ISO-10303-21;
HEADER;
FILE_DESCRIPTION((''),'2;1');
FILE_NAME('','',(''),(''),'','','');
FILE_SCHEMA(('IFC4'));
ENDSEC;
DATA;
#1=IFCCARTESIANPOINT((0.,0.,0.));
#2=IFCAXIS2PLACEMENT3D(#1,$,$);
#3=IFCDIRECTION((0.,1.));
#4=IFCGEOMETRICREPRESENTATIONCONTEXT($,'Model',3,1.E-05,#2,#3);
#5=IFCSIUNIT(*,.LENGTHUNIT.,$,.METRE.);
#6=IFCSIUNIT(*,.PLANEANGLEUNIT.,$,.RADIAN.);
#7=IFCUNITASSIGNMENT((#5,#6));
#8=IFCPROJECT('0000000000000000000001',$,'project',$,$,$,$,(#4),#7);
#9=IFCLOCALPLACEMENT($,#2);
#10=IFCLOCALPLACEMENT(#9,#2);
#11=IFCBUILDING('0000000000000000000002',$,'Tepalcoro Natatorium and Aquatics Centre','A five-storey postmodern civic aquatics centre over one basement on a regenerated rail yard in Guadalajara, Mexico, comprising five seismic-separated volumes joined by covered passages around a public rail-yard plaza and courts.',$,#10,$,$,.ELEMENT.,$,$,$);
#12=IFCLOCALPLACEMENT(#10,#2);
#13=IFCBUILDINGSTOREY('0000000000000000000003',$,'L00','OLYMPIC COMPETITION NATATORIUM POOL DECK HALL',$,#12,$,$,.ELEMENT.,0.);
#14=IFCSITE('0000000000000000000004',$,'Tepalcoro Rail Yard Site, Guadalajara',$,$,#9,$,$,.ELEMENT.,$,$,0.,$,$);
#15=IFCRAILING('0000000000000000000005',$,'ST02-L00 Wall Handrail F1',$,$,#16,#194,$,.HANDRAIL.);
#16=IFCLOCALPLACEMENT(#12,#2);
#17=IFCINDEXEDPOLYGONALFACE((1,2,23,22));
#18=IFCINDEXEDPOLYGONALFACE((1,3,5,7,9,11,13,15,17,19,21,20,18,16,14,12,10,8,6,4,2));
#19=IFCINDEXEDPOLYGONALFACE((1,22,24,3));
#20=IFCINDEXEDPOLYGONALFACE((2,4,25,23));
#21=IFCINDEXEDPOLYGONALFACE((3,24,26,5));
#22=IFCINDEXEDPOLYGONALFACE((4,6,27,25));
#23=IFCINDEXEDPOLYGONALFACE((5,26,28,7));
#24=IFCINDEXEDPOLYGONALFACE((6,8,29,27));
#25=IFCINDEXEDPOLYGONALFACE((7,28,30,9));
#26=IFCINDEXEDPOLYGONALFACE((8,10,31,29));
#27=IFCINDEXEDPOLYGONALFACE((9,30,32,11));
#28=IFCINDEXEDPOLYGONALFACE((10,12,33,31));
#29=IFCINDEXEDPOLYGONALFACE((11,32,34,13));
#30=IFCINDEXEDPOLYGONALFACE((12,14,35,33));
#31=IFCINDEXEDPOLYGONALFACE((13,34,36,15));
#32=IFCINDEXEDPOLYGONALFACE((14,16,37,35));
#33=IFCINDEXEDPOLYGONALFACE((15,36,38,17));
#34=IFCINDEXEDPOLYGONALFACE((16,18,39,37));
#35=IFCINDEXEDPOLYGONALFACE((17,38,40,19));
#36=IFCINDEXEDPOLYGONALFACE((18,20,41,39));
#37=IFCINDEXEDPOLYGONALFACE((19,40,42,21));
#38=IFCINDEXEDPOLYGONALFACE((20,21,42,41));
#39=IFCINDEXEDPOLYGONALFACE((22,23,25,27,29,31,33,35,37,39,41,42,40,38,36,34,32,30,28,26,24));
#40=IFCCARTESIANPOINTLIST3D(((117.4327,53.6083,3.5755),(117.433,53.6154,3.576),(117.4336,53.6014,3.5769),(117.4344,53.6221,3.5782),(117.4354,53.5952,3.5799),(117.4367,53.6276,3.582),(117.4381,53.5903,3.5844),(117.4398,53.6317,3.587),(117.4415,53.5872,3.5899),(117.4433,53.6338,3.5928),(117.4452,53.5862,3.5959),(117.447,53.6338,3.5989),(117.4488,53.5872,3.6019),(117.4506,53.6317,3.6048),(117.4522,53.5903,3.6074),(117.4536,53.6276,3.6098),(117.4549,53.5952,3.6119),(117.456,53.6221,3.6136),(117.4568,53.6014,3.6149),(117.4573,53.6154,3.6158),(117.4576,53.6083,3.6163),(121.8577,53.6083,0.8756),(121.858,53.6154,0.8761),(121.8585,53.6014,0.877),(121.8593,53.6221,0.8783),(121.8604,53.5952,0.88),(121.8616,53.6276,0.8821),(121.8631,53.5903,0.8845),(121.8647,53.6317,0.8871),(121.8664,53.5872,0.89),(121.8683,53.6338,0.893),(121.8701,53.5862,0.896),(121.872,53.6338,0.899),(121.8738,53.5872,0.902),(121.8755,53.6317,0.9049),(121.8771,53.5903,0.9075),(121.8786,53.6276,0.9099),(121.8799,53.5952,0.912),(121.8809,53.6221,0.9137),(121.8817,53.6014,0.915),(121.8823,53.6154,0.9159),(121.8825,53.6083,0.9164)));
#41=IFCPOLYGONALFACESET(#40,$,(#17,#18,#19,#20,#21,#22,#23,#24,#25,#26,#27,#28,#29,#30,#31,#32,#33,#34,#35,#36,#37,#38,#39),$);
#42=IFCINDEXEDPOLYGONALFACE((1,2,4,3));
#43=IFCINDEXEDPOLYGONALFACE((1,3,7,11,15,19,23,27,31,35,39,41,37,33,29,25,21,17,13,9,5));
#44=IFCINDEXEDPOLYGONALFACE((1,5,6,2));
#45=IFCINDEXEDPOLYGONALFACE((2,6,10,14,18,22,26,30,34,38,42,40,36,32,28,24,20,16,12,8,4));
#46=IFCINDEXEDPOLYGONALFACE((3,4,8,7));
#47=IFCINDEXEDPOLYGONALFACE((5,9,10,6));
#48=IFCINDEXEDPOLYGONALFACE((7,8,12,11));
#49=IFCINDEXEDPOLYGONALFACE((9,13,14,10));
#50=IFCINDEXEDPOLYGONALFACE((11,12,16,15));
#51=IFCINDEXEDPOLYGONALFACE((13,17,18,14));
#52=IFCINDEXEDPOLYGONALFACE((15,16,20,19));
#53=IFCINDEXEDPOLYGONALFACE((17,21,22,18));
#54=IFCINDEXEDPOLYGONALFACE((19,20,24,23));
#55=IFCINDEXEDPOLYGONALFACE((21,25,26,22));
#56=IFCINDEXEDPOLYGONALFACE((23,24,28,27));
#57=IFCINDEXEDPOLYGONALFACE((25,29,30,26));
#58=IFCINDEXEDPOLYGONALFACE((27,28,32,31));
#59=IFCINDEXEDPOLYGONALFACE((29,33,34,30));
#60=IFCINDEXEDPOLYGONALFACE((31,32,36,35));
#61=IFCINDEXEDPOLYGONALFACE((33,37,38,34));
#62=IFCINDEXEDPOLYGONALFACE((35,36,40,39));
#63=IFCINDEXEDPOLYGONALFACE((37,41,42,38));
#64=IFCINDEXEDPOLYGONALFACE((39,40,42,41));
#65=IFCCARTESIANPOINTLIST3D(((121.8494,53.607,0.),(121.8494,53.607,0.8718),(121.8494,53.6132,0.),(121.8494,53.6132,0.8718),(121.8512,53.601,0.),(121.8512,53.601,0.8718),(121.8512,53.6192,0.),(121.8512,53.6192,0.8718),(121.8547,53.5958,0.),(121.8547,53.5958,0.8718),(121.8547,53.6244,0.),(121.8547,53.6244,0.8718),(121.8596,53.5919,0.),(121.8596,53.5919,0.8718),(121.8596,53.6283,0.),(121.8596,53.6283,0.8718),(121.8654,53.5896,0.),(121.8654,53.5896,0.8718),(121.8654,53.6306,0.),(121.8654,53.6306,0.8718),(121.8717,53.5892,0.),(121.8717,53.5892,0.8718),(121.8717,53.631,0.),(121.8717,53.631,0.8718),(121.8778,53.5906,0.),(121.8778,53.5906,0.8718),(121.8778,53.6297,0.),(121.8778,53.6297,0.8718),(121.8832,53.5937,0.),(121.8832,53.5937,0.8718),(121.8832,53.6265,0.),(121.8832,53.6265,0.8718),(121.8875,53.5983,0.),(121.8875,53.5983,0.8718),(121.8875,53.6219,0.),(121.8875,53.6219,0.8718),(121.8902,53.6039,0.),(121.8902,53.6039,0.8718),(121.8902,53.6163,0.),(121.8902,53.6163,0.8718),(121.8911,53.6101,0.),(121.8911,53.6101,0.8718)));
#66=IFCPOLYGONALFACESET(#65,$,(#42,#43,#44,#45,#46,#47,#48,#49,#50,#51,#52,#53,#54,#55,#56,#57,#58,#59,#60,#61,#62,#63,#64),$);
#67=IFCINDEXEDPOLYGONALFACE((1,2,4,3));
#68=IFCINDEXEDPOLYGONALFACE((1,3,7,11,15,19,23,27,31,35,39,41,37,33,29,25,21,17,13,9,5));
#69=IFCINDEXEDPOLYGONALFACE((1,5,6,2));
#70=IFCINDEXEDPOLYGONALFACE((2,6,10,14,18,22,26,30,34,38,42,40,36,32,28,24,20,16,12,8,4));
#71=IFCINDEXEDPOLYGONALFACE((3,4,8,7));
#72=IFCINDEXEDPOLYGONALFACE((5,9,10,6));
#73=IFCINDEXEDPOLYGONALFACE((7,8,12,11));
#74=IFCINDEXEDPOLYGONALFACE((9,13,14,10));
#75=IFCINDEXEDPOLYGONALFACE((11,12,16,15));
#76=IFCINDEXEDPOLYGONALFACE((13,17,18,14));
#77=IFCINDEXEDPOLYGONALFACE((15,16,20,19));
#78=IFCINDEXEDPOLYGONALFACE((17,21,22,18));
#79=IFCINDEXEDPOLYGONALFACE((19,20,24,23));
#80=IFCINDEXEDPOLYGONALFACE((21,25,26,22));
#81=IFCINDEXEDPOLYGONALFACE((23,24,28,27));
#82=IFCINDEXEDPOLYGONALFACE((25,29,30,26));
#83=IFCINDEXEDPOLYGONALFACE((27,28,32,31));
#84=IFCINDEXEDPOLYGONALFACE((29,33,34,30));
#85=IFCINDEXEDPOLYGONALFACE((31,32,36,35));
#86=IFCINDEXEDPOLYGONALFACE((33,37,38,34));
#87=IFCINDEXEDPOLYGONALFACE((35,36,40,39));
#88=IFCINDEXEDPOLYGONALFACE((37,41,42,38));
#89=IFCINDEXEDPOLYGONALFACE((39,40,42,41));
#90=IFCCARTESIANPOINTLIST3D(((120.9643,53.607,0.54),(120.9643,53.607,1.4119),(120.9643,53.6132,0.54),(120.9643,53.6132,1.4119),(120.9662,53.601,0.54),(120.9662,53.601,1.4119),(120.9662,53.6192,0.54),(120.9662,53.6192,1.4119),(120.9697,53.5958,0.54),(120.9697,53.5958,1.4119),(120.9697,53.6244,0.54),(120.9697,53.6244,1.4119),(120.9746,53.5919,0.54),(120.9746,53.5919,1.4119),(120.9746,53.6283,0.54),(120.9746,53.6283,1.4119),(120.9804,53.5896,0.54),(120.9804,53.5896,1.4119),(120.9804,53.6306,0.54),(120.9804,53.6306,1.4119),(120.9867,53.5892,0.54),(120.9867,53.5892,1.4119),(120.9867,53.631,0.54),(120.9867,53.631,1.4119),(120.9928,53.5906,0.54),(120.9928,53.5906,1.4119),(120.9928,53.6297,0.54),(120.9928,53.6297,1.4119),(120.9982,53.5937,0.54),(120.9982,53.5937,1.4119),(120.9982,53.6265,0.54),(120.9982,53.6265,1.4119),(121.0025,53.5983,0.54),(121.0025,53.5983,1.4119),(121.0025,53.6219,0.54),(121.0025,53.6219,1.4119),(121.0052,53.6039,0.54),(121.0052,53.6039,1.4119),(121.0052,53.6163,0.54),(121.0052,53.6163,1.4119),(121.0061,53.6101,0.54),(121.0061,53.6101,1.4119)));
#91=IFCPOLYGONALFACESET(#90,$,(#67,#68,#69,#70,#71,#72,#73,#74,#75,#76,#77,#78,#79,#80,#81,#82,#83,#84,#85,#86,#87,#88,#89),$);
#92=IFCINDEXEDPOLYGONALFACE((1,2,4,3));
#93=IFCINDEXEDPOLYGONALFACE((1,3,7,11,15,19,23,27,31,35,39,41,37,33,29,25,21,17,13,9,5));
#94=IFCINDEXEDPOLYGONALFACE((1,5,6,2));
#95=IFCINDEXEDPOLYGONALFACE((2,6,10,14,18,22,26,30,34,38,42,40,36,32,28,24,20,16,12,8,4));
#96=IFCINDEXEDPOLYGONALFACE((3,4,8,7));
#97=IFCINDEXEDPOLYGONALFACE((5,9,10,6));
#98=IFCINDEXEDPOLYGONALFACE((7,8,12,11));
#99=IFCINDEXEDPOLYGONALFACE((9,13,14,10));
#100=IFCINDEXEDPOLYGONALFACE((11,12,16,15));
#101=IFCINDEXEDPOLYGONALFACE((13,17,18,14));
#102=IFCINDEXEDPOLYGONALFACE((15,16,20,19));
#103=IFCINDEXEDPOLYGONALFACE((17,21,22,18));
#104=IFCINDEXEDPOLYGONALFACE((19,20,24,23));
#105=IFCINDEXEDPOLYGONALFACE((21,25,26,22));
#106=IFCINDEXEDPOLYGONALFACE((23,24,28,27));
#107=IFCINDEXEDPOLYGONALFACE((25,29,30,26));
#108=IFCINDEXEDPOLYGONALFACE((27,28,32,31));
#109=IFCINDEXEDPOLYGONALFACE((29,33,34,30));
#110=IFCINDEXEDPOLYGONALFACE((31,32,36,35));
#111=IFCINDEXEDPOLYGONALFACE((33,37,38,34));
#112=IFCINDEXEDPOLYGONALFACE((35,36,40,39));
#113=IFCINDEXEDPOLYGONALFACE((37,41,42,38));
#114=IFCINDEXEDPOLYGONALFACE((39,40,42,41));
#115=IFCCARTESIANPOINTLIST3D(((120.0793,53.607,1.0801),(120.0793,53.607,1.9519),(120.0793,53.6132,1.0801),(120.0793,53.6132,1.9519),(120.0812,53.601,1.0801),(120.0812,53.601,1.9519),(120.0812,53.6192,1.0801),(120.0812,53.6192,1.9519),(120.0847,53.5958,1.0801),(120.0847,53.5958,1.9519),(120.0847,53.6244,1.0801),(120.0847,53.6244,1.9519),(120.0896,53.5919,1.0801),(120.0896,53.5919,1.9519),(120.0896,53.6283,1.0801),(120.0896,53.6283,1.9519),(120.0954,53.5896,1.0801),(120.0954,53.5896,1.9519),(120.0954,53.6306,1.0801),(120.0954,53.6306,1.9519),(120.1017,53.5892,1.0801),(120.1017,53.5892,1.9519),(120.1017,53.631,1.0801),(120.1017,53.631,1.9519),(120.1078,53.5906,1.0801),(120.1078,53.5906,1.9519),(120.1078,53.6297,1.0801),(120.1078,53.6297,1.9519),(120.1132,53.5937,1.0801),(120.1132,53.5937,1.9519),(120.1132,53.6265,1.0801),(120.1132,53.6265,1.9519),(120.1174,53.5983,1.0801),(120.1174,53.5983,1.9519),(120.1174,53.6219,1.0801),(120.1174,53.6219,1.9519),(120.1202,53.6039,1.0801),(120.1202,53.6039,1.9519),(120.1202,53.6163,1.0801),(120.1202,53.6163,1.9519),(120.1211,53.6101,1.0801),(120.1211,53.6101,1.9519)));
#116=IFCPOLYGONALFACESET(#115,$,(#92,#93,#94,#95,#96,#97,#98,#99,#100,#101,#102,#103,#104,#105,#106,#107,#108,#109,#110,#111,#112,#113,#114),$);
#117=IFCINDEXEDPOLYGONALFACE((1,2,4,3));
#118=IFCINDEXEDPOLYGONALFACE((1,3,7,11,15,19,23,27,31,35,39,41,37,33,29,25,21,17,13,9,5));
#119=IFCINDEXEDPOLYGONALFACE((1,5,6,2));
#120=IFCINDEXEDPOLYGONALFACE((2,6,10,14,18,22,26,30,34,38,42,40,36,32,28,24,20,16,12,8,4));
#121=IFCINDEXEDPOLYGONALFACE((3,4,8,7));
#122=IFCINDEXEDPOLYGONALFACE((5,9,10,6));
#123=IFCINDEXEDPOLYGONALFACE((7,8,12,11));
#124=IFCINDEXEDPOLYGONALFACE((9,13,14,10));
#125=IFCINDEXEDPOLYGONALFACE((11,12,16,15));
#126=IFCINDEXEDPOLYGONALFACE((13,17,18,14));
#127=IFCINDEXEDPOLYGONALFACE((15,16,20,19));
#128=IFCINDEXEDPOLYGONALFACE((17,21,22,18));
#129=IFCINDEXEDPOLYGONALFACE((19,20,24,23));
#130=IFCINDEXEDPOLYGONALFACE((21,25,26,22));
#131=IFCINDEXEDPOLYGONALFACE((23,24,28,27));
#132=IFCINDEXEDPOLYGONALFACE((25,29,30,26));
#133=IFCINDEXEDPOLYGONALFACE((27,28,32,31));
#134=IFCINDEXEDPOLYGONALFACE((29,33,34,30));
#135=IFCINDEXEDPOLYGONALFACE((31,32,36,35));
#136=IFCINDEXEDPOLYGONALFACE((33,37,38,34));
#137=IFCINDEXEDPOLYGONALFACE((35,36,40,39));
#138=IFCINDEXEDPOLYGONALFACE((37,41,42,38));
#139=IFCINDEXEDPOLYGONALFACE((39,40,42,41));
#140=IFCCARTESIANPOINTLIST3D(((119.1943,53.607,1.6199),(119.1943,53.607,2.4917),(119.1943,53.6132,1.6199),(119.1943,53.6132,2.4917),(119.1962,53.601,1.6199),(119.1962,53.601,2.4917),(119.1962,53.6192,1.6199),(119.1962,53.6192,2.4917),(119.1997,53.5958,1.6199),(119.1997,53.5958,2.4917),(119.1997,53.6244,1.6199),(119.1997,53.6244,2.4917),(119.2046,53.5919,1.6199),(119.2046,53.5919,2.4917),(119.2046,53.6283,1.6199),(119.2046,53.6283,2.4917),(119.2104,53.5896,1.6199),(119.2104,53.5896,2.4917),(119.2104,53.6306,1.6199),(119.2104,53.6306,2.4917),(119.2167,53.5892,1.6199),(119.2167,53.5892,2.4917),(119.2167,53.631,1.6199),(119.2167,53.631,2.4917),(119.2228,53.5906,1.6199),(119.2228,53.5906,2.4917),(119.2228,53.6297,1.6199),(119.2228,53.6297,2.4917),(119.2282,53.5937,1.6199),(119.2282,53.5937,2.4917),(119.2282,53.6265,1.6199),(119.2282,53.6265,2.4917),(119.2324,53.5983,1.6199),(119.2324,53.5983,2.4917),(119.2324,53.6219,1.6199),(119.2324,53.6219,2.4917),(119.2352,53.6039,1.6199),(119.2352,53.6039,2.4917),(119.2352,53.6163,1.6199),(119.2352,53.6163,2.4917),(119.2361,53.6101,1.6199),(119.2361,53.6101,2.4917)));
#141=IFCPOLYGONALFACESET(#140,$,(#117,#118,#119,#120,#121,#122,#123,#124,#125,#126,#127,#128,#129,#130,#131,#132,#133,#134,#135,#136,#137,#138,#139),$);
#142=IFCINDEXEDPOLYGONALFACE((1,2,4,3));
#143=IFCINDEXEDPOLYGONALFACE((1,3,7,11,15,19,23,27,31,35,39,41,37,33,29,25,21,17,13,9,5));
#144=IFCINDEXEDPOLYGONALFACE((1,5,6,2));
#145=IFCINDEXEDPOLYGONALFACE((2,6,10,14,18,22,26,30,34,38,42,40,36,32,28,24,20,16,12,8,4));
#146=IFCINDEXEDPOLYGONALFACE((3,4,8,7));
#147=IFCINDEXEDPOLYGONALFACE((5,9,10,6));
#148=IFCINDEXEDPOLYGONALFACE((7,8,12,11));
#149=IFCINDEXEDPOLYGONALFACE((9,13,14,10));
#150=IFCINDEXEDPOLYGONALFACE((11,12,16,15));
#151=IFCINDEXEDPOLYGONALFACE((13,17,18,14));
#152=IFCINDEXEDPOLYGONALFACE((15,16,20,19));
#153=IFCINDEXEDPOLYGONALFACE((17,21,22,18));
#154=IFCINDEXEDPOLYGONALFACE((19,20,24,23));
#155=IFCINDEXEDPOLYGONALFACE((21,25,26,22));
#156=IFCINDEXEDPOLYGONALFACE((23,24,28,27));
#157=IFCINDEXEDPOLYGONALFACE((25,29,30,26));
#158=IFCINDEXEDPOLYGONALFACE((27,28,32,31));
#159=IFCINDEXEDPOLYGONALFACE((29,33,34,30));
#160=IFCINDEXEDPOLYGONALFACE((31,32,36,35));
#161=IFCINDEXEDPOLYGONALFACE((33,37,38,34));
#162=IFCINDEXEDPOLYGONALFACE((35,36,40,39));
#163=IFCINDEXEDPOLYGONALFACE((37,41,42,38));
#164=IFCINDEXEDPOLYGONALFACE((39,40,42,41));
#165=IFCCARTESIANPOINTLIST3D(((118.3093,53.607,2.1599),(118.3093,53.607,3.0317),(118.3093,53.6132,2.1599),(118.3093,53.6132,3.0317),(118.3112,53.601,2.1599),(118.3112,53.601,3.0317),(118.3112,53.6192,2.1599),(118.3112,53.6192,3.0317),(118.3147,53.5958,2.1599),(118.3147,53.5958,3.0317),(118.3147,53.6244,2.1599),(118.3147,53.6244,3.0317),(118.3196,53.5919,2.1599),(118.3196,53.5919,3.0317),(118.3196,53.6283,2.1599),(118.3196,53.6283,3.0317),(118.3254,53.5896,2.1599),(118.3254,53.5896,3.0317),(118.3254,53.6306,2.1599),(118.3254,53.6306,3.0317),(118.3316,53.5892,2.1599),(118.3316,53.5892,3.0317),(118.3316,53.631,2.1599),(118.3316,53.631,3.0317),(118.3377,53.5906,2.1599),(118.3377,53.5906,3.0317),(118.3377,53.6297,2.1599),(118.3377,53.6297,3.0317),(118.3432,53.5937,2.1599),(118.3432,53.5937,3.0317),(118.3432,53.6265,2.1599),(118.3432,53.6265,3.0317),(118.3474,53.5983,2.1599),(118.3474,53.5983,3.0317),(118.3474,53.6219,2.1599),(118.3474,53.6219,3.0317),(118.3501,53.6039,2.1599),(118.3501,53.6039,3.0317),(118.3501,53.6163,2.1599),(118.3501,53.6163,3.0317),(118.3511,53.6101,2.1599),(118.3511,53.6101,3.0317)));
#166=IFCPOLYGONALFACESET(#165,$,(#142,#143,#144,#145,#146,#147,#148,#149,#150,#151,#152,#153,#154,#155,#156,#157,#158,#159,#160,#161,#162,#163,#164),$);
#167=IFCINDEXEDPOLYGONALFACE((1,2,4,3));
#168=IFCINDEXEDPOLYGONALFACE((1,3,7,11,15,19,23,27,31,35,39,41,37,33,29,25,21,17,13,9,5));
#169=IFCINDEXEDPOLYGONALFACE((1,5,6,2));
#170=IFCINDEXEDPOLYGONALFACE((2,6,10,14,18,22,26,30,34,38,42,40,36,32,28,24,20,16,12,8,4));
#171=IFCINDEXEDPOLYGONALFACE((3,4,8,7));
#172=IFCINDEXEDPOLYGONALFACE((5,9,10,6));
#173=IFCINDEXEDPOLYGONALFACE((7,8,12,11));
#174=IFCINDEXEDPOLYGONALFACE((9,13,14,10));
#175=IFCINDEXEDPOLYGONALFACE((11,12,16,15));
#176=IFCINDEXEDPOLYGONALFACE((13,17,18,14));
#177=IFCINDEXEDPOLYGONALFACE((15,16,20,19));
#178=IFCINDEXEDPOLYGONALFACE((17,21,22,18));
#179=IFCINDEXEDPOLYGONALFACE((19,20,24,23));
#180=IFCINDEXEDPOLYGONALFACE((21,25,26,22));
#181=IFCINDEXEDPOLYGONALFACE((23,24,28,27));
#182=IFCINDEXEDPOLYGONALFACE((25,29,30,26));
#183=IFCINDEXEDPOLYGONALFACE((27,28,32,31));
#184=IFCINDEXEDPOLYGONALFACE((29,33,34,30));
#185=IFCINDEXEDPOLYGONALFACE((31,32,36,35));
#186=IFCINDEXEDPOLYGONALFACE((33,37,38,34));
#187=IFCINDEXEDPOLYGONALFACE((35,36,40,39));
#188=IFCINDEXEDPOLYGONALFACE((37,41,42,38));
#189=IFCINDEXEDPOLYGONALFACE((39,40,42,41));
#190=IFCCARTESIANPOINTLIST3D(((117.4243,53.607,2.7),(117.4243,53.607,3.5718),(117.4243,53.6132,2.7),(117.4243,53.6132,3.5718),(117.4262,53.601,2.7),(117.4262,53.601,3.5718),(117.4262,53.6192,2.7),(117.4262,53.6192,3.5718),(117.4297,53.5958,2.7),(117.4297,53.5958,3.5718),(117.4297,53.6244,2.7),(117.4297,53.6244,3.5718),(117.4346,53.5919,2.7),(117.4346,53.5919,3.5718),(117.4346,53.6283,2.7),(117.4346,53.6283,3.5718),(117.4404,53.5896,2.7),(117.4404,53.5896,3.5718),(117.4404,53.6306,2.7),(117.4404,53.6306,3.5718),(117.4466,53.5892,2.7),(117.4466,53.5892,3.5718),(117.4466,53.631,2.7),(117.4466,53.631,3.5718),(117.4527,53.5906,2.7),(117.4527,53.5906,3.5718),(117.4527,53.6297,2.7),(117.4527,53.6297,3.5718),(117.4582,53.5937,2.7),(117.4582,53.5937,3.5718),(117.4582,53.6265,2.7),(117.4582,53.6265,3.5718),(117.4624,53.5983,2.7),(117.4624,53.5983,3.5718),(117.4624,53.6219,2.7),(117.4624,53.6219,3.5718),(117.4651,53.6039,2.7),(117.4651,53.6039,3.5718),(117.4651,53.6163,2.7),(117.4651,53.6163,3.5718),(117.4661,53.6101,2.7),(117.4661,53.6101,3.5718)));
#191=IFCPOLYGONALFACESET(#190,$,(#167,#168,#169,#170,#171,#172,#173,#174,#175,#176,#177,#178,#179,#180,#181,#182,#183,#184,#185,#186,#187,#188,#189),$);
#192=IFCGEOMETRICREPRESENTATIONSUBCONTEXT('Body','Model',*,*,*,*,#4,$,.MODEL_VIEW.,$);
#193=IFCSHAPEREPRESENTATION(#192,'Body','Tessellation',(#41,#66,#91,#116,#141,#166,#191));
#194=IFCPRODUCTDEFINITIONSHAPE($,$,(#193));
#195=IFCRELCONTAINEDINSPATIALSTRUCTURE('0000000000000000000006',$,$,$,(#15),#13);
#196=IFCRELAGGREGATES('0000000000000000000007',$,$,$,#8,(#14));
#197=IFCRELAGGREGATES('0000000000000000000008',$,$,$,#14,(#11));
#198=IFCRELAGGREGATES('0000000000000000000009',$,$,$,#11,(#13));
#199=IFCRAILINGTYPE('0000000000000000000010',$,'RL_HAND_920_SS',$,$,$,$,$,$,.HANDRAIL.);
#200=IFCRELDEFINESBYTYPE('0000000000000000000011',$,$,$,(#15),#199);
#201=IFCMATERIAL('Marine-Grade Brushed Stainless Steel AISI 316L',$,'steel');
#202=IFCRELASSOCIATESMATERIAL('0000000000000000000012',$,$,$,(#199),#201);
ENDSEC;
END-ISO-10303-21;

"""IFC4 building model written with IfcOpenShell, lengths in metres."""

from ifc_helpers import new_model, si_unit, direction, frame, origin, origin_2d, place, context, subcontext, project, spatial, circle, extrude, material, type_object, element, save


model = new_model("IFC4")

# Units and contexts
model_context = context("Model", 3, precision=1e-05, world=origin(), true_north=direction((0.0, 1.0)))
body_context = subcontext(model_context, "Body", "Model", "MODEL_VIEW")
ifc_project = project(units=[si_unit("LENGTHUNIT", "METRE"), si_unit("PLANEANGLEUNIT", "RADIAN")], contexts=[model_context])

# Site, building, storey
site_placement = place(None, origin())
site = spatial("IfcSite", under=ifc_project, at=site_placement, Name="Tepalcoro Rail Yard Site, Guadalajara", CompositionType="ELEMENT", RefElevation=0.0)
building_placement = place(site_placement, origin())
building = spatial("IfcBuilding", under=site, at=building_placement, Name="Tepalcoro Natatorium and Aquatics Centre", Description="A five-storey postmodern civic aquatics centre over one basement on a regenerated rail yard in Guadalajara, Mexico, comprising five seismic-separated volumes joined by covered passages around a public rail-yard plaza and courts.", CompositionType="ELEMENT")
storey_placement = place(building_placement, origin())
storey = spatial("IfcBuildingStorey", under=building, at=storey_placement, Name="L00", Description="OLYMPIC COMPETITION NATATORIUM POOL DECK HALL", CompositionType="ELEMENT", Elevation=0.0)

# Railing
ifc_material_1 = material(Name="Marine-Grade Brushed Stainless Steel AISI 316L", Category="steel")
railing_type_1 = type_object("IfcRailingType", Name="RL_HAND_920_SS", PredefinedType="HANDRAIL", material=ifc_material_1)
railing_1_placement = place(storey_placement, frame((121.8701, 53.6101, 0.0)))
element("IfcRailing", 1, at=railing_1_placement, inside=storey, type_object=railing_type_1, Name="ST02-L00 Wall Handrail F1", PredefinedType="HANDRAIL", context=body_context, shape_type="SweptSolid", body=[
    extrude(circle(Radius=0.0239, at=origin_2d()), frame((0.0, 0.0, 0.896), z_axis=(-0.853646, 0.0, 0.520854), x_axis=(0.0, -1.0, 0.0)), (0.0, 0.0, 1.0), 5.1836),
    extrude(circle(Radius=0.021, at=origin_2d()), origin(), (0.0, 0.0, 1.0), 0.8718),
    extrude(circle(Radius=0.021, at=origin_2d()), frame((-0.885, 0.0, 0.54)), (0.0, 0.0, 1.0), 0.8718),
    extrude(circle(Radius=0.021, at=origin_2d()), frame((-1.77, 0.0, 1.0801)), (0.0, 0.0, 1.0), 0.8718),
    extrude(circle(Radius=0.021, at=origin_2d()), frame((-2.655, 0.0, 1.6199)), (0.0, 0.0, 1.0), 0.8718),
    extrude(circle(Radius=0.021, at=origin_2d()), frame((-3.54, 0.0, 2.1599)), (0.0, 0.0, 1.0), 0.8718),
    extrude(circle(Radius=0.021, at=origin_2d()), frame((-4.425, 0.0, 2.7)), (0.0, 0.0, 1.0), 0.8718),
])

save(model, "model.ifc")
